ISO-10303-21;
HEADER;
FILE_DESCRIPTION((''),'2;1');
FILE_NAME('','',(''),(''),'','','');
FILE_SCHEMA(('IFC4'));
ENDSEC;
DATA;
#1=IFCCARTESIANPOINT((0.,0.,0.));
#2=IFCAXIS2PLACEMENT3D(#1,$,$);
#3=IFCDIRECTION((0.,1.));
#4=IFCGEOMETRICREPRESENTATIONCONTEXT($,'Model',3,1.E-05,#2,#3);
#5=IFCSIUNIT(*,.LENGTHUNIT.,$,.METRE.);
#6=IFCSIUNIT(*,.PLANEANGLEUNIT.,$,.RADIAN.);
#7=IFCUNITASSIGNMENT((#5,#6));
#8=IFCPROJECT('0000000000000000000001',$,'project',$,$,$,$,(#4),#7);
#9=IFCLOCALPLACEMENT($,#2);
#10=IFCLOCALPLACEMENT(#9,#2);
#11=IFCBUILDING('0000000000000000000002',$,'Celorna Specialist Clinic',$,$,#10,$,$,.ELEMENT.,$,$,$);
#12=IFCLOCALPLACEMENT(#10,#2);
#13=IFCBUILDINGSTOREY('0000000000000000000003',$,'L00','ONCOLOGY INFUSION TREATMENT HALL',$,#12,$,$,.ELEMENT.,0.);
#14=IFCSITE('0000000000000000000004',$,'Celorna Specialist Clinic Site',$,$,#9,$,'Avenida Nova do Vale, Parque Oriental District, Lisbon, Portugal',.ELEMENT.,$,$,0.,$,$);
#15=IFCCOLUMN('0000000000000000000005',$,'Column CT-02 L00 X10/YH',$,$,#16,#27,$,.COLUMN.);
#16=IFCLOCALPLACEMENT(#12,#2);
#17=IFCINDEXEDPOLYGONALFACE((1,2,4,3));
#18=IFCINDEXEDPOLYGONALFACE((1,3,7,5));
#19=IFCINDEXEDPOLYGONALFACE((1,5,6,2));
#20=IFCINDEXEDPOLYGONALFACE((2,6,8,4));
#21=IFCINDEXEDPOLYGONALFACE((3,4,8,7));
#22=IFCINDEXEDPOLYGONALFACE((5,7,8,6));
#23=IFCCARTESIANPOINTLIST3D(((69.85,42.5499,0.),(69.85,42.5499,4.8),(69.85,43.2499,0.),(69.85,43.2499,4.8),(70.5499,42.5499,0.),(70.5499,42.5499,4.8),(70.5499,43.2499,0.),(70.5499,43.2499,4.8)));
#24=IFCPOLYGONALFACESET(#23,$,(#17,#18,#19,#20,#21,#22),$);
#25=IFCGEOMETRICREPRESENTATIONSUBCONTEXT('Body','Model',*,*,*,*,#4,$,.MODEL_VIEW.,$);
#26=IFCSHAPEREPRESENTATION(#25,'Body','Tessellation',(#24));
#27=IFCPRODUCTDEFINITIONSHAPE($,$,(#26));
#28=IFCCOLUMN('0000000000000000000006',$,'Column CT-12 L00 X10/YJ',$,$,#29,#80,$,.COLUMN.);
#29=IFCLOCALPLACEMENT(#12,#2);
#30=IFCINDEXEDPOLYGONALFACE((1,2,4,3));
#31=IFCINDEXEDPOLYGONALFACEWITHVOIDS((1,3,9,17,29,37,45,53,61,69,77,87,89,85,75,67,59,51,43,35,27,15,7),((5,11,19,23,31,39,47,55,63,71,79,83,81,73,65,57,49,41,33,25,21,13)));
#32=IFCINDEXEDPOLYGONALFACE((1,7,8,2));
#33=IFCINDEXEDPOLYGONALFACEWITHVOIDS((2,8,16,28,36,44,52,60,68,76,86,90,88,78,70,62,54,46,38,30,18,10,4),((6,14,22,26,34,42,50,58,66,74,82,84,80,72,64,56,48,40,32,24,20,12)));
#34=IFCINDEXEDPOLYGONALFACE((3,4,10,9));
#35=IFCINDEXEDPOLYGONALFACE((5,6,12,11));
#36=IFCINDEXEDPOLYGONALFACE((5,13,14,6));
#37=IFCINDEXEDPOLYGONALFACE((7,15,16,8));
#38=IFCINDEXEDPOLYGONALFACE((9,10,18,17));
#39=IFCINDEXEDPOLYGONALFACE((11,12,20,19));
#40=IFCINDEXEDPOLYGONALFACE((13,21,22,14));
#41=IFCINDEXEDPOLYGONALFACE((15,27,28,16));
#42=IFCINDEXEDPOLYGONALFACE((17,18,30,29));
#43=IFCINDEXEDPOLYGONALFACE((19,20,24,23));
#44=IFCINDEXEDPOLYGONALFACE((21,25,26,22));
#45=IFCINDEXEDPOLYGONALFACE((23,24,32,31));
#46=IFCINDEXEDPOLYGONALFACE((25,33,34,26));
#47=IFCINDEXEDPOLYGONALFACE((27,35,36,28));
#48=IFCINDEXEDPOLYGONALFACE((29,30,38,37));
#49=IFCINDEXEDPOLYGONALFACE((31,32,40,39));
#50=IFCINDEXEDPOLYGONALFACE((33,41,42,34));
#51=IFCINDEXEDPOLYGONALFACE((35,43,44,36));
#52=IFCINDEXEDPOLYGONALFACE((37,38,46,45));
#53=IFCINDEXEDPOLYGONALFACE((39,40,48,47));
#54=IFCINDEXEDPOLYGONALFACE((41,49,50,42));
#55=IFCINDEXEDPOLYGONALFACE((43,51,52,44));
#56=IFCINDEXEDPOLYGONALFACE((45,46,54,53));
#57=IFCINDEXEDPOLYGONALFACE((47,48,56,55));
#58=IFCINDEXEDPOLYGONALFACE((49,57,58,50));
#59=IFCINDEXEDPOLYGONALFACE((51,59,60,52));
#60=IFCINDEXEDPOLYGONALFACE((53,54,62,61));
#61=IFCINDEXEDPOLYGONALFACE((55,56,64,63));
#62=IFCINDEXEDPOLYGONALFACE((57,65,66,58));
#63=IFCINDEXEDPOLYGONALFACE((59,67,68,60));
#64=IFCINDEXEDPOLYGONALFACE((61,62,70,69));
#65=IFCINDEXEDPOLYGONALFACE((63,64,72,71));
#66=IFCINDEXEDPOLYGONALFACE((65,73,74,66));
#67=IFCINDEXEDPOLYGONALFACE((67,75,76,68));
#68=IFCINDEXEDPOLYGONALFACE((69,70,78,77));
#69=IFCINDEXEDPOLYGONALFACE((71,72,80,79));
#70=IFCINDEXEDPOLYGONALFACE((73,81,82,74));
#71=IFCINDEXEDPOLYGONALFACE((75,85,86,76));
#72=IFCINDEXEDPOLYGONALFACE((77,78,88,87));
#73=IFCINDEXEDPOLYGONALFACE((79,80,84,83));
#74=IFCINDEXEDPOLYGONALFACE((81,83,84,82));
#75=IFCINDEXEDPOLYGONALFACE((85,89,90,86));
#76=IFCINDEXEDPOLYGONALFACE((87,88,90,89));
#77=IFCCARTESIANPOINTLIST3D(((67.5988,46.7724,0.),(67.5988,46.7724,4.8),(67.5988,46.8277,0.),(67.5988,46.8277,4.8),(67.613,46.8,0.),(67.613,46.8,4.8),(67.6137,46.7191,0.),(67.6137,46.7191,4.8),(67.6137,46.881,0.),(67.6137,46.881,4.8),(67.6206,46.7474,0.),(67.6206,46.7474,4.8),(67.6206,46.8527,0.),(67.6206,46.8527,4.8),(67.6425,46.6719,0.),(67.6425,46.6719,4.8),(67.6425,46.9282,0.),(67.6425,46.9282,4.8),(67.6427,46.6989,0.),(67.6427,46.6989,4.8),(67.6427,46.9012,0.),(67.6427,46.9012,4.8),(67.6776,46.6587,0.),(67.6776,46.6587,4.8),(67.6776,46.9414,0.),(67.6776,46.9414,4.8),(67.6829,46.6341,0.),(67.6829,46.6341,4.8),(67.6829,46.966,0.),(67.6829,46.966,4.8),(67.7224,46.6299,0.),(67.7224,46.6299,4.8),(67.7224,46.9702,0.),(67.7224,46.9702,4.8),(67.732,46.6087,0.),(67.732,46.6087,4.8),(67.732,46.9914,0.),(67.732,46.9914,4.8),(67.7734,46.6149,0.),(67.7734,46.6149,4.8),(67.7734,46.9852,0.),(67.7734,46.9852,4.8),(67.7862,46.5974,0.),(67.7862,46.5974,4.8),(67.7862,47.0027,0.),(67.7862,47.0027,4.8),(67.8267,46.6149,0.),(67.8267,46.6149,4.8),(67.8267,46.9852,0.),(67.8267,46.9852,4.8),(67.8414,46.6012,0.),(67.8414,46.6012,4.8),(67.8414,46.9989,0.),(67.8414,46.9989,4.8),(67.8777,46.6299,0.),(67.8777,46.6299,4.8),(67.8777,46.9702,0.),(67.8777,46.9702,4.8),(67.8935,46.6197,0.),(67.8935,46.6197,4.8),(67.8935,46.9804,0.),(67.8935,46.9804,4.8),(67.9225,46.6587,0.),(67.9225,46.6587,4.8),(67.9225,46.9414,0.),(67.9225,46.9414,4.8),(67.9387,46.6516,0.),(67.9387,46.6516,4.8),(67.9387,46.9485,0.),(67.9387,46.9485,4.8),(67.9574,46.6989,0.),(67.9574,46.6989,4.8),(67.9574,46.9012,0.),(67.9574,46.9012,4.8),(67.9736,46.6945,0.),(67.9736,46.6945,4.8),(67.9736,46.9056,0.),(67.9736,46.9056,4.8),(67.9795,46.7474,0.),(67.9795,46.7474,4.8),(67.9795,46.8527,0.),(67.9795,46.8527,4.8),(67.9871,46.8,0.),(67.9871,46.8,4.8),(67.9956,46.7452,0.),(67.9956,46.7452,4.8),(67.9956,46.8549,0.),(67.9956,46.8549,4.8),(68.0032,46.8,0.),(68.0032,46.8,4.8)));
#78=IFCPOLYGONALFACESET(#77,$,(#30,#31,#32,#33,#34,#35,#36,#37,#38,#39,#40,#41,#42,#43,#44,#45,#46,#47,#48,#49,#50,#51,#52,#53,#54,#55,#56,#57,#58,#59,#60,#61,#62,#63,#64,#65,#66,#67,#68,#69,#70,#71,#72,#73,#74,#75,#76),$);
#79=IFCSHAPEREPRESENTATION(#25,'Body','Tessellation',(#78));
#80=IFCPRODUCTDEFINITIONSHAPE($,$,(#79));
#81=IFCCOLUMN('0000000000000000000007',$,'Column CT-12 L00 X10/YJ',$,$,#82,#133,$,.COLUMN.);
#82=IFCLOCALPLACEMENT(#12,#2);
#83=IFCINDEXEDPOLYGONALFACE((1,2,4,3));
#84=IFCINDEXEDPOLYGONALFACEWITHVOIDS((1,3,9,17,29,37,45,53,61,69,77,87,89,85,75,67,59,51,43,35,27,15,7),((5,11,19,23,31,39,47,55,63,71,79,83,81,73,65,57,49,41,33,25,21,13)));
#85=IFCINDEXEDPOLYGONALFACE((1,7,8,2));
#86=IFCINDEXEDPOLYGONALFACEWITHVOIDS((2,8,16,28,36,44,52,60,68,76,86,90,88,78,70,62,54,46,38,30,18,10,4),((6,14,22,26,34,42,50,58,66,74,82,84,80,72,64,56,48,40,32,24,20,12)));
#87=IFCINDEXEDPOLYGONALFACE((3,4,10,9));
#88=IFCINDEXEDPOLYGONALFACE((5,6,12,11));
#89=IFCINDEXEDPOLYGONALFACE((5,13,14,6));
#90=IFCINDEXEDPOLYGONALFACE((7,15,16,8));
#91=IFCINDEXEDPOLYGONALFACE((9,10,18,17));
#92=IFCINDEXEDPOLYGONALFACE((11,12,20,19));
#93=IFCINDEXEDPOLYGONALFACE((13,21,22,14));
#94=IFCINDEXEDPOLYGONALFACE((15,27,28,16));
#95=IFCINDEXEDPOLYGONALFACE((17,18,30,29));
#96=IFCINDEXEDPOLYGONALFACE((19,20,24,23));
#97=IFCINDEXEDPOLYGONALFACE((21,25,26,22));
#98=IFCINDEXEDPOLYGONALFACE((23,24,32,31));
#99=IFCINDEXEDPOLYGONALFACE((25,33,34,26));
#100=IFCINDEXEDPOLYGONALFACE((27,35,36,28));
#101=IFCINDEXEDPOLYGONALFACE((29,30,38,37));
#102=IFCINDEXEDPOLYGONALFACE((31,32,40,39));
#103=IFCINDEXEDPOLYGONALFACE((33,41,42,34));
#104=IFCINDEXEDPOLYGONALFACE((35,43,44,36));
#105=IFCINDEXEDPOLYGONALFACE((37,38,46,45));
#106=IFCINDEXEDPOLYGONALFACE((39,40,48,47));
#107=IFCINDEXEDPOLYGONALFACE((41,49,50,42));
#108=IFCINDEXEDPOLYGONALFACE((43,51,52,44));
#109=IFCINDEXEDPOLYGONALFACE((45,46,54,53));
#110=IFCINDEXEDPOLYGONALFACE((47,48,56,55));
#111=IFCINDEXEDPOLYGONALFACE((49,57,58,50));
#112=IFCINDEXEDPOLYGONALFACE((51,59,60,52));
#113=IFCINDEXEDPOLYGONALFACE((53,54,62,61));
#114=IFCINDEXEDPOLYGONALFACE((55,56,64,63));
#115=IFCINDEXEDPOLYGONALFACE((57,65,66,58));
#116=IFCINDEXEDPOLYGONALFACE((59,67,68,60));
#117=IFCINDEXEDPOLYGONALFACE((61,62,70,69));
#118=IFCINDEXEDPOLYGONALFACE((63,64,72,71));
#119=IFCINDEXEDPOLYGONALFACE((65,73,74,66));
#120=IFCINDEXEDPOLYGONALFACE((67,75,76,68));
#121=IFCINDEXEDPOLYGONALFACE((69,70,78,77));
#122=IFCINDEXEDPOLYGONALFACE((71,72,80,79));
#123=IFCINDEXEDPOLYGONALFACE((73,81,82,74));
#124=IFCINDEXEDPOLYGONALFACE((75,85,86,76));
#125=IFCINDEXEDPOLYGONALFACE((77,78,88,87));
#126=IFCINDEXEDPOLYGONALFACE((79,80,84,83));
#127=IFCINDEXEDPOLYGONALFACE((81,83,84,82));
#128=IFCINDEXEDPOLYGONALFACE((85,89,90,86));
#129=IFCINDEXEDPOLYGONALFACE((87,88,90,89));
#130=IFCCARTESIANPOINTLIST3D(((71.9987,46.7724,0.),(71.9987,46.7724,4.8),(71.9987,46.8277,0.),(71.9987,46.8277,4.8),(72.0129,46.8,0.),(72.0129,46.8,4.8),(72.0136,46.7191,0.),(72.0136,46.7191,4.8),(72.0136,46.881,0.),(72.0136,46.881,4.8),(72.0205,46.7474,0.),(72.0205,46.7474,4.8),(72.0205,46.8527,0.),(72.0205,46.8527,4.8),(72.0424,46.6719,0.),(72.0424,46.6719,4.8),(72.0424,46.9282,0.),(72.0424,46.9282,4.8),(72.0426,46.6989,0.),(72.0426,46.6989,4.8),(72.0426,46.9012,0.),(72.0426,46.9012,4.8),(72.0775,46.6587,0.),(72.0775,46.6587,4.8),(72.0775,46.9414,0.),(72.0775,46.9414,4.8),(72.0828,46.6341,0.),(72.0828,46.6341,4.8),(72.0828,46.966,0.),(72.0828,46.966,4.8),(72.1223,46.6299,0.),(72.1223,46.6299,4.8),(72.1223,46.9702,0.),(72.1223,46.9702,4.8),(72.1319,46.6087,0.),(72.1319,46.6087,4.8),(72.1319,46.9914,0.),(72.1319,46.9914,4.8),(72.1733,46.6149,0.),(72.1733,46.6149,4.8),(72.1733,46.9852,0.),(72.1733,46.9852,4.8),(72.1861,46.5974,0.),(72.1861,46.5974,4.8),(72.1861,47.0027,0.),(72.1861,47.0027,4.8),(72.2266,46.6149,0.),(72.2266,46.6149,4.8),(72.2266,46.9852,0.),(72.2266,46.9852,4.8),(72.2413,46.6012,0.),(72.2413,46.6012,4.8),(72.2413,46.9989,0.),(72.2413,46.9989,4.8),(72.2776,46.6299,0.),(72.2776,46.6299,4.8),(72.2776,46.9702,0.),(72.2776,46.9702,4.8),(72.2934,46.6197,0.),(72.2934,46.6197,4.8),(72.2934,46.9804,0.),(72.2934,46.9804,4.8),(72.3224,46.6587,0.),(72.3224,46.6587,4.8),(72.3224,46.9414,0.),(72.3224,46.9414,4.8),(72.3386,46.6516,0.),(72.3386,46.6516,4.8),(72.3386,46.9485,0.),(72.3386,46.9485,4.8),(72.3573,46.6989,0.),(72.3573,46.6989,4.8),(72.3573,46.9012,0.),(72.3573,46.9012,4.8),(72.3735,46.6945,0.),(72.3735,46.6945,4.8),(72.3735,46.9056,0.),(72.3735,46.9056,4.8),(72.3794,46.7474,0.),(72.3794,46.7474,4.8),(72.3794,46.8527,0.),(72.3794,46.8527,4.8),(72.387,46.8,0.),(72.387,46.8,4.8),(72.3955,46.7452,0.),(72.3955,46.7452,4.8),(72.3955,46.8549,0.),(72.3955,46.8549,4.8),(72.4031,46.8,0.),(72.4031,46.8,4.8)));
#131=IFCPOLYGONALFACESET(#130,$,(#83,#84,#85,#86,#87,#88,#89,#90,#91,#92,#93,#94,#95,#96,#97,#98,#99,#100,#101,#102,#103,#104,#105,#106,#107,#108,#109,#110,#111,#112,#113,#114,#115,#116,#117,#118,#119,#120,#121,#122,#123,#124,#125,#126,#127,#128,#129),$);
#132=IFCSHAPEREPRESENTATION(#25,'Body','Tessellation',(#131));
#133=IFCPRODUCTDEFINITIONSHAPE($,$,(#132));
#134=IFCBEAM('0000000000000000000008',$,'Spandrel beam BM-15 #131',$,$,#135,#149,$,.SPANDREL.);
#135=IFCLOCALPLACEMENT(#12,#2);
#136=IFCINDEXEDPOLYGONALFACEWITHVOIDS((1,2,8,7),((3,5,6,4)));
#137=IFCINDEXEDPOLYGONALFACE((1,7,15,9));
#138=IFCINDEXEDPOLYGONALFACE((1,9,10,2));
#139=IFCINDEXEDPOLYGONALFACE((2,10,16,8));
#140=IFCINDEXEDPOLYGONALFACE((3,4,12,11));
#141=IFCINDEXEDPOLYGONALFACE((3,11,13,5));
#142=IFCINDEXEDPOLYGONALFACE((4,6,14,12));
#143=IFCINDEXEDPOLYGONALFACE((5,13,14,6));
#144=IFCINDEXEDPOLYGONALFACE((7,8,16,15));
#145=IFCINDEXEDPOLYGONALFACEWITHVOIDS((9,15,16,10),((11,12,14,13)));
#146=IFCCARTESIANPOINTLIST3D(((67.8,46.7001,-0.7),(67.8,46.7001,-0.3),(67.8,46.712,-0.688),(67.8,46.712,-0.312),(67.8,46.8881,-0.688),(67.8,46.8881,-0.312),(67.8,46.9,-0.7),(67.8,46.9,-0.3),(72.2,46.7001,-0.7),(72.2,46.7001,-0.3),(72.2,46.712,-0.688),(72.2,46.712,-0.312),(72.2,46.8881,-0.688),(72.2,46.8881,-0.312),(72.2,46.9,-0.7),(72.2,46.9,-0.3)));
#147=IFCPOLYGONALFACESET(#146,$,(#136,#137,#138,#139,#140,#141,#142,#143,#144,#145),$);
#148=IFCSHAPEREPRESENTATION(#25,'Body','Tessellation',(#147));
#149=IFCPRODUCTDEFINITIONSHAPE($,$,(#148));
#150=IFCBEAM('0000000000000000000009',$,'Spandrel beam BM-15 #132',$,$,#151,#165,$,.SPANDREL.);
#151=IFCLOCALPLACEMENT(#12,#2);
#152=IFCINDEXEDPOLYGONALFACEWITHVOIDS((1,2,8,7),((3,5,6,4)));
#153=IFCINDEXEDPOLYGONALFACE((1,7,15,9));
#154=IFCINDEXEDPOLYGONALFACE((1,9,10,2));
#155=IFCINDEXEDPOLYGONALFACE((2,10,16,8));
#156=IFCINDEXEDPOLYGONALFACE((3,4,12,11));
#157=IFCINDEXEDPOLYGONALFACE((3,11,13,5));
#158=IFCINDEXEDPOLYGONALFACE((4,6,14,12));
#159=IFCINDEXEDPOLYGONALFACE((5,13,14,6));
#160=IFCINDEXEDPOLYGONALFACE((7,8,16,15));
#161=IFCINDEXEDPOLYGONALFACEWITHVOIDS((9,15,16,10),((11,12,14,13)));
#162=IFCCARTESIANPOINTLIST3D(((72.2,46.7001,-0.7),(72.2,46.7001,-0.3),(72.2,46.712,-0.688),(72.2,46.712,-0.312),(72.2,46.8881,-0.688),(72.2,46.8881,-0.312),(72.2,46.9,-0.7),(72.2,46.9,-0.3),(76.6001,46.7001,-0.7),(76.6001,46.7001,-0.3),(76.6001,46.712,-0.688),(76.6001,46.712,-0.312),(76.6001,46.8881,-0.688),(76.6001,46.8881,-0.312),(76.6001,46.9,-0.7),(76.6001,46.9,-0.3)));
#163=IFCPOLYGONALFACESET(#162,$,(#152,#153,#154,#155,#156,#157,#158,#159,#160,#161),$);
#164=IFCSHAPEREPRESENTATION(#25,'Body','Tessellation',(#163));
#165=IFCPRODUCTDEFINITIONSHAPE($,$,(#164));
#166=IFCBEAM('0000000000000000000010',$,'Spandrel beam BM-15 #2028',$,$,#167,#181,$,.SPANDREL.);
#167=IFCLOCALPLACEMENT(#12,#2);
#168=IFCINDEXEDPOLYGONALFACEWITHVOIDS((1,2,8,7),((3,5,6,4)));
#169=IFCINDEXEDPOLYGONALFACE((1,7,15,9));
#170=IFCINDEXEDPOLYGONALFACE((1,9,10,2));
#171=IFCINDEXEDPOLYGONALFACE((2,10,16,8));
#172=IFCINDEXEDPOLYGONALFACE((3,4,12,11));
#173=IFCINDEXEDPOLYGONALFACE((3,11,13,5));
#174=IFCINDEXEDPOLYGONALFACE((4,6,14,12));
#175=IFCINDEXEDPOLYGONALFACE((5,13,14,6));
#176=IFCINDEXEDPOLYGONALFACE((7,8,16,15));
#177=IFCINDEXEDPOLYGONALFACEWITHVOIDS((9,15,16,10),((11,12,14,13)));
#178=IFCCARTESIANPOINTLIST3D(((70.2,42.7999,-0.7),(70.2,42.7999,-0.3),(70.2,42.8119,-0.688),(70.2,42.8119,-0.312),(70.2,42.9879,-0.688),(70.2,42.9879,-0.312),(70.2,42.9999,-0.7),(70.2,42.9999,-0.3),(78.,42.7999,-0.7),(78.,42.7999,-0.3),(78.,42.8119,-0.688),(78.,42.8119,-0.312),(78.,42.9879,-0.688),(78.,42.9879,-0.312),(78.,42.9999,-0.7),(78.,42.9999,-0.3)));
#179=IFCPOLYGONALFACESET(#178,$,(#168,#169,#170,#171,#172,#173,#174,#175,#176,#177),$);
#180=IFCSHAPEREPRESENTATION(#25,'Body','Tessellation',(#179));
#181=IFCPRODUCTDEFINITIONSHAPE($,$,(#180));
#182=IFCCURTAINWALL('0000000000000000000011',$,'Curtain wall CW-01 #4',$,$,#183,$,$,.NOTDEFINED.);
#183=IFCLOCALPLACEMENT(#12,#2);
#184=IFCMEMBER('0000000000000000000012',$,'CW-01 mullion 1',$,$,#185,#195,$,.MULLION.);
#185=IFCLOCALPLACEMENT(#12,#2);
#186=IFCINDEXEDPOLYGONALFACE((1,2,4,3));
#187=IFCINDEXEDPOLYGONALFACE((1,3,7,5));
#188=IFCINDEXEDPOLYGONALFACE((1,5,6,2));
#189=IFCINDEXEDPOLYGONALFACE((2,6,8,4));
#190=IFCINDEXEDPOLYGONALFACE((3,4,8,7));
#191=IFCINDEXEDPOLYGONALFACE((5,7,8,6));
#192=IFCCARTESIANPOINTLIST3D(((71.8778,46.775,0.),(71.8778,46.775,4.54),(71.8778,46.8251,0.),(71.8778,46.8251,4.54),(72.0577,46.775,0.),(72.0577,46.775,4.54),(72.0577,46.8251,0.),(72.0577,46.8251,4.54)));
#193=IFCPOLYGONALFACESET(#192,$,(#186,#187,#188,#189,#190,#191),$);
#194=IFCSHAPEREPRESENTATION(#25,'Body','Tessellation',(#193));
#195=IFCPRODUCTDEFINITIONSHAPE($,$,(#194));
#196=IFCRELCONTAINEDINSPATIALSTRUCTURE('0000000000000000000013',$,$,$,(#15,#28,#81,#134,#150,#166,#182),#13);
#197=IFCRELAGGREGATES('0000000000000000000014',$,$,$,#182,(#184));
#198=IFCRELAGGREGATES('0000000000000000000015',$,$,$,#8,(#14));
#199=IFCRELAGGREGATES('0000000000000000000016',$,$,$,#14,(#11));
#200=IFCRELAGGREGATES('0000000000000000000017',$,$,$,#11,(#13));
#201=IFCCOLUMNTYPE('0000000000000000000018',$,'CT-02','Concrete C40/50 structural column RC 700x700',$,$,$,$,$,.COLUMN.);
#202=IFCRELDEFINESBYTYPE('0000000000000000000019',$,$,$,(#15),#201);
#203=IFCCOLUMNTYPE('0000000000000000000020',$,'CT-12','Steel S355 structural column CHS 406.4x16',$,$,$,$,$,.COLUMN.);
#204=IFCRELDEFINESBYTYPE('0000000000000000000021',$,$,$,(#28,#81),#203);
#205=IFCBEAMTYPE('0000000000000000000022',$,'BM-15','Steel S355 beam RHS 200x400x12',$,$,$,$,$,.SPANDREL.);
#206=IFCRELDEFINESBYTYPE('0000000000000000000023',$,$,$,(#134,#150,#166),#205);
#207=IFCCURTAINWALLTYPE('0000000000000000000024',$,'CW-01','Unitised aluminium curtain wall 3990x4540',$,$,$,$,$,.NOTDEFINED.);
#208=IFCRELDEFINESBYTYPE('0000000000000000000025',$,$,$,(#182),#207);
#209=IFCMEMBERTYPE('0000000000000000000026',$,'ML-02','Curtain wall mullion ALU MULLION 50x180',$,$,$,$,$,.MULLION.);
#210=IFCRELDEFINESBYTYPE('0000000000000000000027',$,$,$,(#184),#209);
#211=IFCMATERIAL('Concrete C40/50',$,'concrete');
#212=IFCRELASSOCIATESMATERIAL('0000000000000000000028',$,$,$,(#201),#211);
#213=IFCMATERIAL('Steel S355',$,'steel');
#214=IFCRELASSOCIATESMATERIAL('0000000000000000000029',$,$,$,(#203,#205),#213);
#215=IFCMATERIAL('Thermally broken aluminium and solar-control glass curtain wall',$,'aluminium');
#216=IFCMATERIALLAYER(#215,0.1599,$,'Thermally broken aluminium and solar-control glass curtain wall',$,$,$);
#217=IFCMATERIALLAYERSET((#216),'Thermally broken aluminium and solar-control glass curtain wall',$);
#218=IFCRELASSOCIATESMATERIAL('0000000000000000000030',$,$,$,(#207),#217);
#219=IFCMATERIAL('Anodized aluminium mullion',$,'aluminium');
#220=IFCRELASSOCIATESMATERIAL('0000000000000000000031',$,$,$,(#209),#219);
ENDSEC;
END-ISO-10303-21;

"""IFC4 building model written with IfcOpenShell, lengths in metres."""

from ifc_helpers import new_model, si_unit, direction, frame, origin, origin_2d, place, context, subcontext, project, spatial, rectangle, hollow_rectangle, hollow_circle, extrude, material, layer, layer_set, material_profile, profile_set, type_object, element, aggregate, save


model = new_model("IFC4")

# Units and contexts
model_context = context("Model", 3, precision=1e-05, world=origin(), true_north=direction((0.0, 1.0)))
body_context = subcontext(model_context, "Body", "Model", "MODEL_VIEW")
ifc_project = project(units=[si_unit("LENGTHUNIT", "METRE"), si_unit("PLANEANGLEUNIT", "RADIAN")], contexts=[model_context])

# Site, building, storey
site_placement = place(None, origin())
site = spatial("IfcSite", under=ifc_project, at=site_placement, Name="Celorna Specialist Clinic Site", LongName="Avenida Nova do Vale, Parque Oriental District, Lisbon, Portugal", CompositionType="ELEMENT", RefElevation=0.0)
building_placement = place(site_placement, origin())
building = spatial("IfcBuilding", under=site, at=building_placement, Name="Celorna Specialist Clinic", CompositionType="ELEMENT")
storey_placement = place(building_placement, origin())
storey = spatial("IfcBuildingStorey", under=building, at=storey_placement, Name="L00", Description="ONCOLOGY INFUSION TREATMENT HALL", CompositionType="ELEMENT", Elevation=0.0)

# Columns
ifc_material_1 = material(Name="Concrete C40/50", Category="concrete")
ifc_material_profile_1 = material_profile(ifc_material_1, rectangle(XDim=0.7, YDim=0.7, at=origin_2d()), Name="RC 700x700")
ifc_profile_set_1 = profile_set([ifc_material_profile_1], Name="Concrete C40/50")
column_type_1 = type_object("IfcColumnType", Name="CT-02", Description="Concrete C40/50 structural column RC 700x700", PredefinedType="COLUMN", material=ifc_profile_set_1)
column_placement = place(storey_placement, frame((70.2, 42.8999, 0.0), z_axis=(0.0, 0.0, 1.0), x_axis=(1.0, 0.0, 0.0)))
element("IfcColumn", 1, at=column_placement, inside=storey, type_object=column_type_1, Name="Column CT-02 L00 X10/YH", PredefinedType="COLUMN", context=body_context, shape_type="SweptSolid", body=[
    extrude(rectangle(XDim=0.7, YDim=0.7, at=origin_2d()), origin(), (0.0, 0.0, 1.0), 4.8),
])
ifc_material_2 = material(Name="Steel S355", Category="steel")
ifc_material_profile_2 = material_profile(ifc_material_2, hollow_circle(Radius=0.2031, WallThickness=0.0161, at=origin_2d()), Name="CHS 406.4x16")
ifc_profile_set_2 = profile_set([ifc_material_profile_2], Name="Steel S355")
column_type_2 = type_object("IfcColumnType", Name="CT-12", Description="Steel S355 structural column CHS 406.4x16", PredefinedType="COLUMN", material=ifc_profile_set_2)
for number, where, z_axis, x_axis, name in (
    (2, (67.8, 46.8, 0.0), (0.0, 0.0, 1.0), (1.0, 0.0, 0.0), "Column CT-12 L00 X10/YJ"),
    (3, (72.2, 46.8, 0.0), (0.0, 0.0, 1.0), (1.0, 0.0, 0.0), "Column CT-12 L00 X10/YJ"),
):
    element("IfcColumn", number, at=place(storey_placement, frame(where, z_axis=z_axis, x_axis=x_axis)), inside=storey, type_object=column_type_2, Name=name, PredefinedType="COLUMN", context=body_context, shape_type="SweptSolid", body=[
        extrude(hollow_circle(Radius=0.2031, WallThickness=0.0161, at=origin_2d()), origin(), (0.0, 0.0, 1.0), 4.8),
    ])

# Beams
ifc_material_profile_3 = material_profile(ifc_material_2, hollow_rectangle(XDim=0.2, YDim=0.3999, WallThickness=0.012, at=origin_2d()), Name="RHS 200x400x12")
ifc_profile_set_3 = profile_set([ifc_material_profile_3], Name="Steel S355")
beam_type = type_object("IfcBeamType", Name="BM-15", Description="Steel S355 beam RHS 200x400x12", PredefinedType="SPANDREL", material=ifc_profile_set_3)
beam_1_placement = place(storey_placement, frame((67.8, 46.8, -0.5), z_axis=(1.0, 0.0, 0.0), x_axis=(0.0, 1.0, 0.0)))
element("IfcBeam", 4, at=beam_1_placement, inside=storey, type_object=beam_type, Name="Spandrel beam BM-15 #131", PredefinedType="SPANDREL", context=body_context, shape_type="SweptSolid", body=[
    extrude(hollow_rectangle(XDim=0.2, YDim=0.3999, WallThickness=0.012, at=origin_2d()), origin(), (0.0, 0.0, 1.0), 4.3999),
])
beam_2_placement = place(storey_placement, frame((72.2, 46.8, -0.5), z_axis=(1.0, 0.0, 0.0), x_axis=(0.0, 1.0, 0.0)))
element("IfcBeam", 5, at=beam_2_placement, inside=storey, type_object=beam_type, Name="Spandrel beam BM-15 #132", PredefinedType="SPANDREL", context=body_context, shape_type="SweptSolid", body=[
    extrude(hollow_rectangle(XDim=0.2, YDim=0.3999, WallThickness=0.012, at=origin_2d()), origin(), (0.0, 0.0, 1.0), 4.4001),
])
beam_3_placement = place(storey_placement, frame((70.2, 42.8999, -0.5), z_axis=(1.0, 0.0, 0.0), x_axis=(0.0, 1.0, 0.0)))
element("IfcBeam", 6, at=beam_3_placement, inside=storey, type_object=beam_type, Name="Spandrel beam BM-15 #2028", PredefinedType="SPANDREL", context=body_context, shape_type="SweptSolid", body=[
    extrude(hollow_rectangle(XDim=0.2, YDim=0.3999, WallThickness=0.012, at=origin_2d()), origin(), (0.0, 0.0, 1.0), 7.8),
])

# Curtain wall, member
ifc_material_3 = material(Name="Thermally broken aluminium and solar-control glass curtain wall", Category="aluminium")
ifc_layer_1 = layer(ifc_material_3, 0.1599, Name="Thermally broken aluminium and solar-control glass curtain wall")
ifc_layer_set_1 = layer_set([ifc_layer_1], Name="Thermally broken aluminium and solar-control glass curtain wall")
curtain_wall_type_1 = type_object("IfcCurtainWallType", Name="CW-01", Description="Unitised aluminium curtain wall 3990x4540", PredefinedType="NOTDEFINED", material=ifc_layer_set_1)
curtain_wall_1_placement = place(storey_placement, origin())
curtain_wall_1 = element("IfcCurtainWall", 7, at=curtain_wall_1_placement, inside=storey, type_object=curtain_wall_type_1, Name="Curtain wall CW-01 #4", PredefinedType="NOTDEFINED")
ifc_material_4 = material(Name="Anodized aluminium mullion", Category="aluminium")
ifc_material_profile_4 = material_profile(ifc_material_4, rectangle(XDim=0.05, YDim=0.1799, at=origin_2d()), Name="ALU MULLION 50x180")
ifc_profile_set_4 = profile_set([ifc_material_profile_4], Name="Anodized aluminium mullion")
member_type_1 = type_object("IfcMemberType", Name="ML-02", Description="Curtain wall mullion ALU MULLION 50x180", PredefinedType="MULLION", material=ifc_profile_set_4)
member_1_placement = place(storey_placement, frame((71.9678, 46.8, 0.0), z_axis=(0.0, 0.0, 1.0), x_axis=(0.0, -1.0, 0.0)))
member_1 = element("IfcMember", 8, at=member_1_placement, type_object=member_type_1, Name="CW-01 mullion 1", PredefinedType="MULLION", context=body_context, shape_type="SweptSolid", body=[
    extrude(rectangle(XDim=0.05, YDim=0.1799, at=origin_2d()), origin(), (0.0, 0.0, 1.0), 4.54),
])

aggregate(curtain_wall_1, [member_1])

save(model, "model.ifc")
